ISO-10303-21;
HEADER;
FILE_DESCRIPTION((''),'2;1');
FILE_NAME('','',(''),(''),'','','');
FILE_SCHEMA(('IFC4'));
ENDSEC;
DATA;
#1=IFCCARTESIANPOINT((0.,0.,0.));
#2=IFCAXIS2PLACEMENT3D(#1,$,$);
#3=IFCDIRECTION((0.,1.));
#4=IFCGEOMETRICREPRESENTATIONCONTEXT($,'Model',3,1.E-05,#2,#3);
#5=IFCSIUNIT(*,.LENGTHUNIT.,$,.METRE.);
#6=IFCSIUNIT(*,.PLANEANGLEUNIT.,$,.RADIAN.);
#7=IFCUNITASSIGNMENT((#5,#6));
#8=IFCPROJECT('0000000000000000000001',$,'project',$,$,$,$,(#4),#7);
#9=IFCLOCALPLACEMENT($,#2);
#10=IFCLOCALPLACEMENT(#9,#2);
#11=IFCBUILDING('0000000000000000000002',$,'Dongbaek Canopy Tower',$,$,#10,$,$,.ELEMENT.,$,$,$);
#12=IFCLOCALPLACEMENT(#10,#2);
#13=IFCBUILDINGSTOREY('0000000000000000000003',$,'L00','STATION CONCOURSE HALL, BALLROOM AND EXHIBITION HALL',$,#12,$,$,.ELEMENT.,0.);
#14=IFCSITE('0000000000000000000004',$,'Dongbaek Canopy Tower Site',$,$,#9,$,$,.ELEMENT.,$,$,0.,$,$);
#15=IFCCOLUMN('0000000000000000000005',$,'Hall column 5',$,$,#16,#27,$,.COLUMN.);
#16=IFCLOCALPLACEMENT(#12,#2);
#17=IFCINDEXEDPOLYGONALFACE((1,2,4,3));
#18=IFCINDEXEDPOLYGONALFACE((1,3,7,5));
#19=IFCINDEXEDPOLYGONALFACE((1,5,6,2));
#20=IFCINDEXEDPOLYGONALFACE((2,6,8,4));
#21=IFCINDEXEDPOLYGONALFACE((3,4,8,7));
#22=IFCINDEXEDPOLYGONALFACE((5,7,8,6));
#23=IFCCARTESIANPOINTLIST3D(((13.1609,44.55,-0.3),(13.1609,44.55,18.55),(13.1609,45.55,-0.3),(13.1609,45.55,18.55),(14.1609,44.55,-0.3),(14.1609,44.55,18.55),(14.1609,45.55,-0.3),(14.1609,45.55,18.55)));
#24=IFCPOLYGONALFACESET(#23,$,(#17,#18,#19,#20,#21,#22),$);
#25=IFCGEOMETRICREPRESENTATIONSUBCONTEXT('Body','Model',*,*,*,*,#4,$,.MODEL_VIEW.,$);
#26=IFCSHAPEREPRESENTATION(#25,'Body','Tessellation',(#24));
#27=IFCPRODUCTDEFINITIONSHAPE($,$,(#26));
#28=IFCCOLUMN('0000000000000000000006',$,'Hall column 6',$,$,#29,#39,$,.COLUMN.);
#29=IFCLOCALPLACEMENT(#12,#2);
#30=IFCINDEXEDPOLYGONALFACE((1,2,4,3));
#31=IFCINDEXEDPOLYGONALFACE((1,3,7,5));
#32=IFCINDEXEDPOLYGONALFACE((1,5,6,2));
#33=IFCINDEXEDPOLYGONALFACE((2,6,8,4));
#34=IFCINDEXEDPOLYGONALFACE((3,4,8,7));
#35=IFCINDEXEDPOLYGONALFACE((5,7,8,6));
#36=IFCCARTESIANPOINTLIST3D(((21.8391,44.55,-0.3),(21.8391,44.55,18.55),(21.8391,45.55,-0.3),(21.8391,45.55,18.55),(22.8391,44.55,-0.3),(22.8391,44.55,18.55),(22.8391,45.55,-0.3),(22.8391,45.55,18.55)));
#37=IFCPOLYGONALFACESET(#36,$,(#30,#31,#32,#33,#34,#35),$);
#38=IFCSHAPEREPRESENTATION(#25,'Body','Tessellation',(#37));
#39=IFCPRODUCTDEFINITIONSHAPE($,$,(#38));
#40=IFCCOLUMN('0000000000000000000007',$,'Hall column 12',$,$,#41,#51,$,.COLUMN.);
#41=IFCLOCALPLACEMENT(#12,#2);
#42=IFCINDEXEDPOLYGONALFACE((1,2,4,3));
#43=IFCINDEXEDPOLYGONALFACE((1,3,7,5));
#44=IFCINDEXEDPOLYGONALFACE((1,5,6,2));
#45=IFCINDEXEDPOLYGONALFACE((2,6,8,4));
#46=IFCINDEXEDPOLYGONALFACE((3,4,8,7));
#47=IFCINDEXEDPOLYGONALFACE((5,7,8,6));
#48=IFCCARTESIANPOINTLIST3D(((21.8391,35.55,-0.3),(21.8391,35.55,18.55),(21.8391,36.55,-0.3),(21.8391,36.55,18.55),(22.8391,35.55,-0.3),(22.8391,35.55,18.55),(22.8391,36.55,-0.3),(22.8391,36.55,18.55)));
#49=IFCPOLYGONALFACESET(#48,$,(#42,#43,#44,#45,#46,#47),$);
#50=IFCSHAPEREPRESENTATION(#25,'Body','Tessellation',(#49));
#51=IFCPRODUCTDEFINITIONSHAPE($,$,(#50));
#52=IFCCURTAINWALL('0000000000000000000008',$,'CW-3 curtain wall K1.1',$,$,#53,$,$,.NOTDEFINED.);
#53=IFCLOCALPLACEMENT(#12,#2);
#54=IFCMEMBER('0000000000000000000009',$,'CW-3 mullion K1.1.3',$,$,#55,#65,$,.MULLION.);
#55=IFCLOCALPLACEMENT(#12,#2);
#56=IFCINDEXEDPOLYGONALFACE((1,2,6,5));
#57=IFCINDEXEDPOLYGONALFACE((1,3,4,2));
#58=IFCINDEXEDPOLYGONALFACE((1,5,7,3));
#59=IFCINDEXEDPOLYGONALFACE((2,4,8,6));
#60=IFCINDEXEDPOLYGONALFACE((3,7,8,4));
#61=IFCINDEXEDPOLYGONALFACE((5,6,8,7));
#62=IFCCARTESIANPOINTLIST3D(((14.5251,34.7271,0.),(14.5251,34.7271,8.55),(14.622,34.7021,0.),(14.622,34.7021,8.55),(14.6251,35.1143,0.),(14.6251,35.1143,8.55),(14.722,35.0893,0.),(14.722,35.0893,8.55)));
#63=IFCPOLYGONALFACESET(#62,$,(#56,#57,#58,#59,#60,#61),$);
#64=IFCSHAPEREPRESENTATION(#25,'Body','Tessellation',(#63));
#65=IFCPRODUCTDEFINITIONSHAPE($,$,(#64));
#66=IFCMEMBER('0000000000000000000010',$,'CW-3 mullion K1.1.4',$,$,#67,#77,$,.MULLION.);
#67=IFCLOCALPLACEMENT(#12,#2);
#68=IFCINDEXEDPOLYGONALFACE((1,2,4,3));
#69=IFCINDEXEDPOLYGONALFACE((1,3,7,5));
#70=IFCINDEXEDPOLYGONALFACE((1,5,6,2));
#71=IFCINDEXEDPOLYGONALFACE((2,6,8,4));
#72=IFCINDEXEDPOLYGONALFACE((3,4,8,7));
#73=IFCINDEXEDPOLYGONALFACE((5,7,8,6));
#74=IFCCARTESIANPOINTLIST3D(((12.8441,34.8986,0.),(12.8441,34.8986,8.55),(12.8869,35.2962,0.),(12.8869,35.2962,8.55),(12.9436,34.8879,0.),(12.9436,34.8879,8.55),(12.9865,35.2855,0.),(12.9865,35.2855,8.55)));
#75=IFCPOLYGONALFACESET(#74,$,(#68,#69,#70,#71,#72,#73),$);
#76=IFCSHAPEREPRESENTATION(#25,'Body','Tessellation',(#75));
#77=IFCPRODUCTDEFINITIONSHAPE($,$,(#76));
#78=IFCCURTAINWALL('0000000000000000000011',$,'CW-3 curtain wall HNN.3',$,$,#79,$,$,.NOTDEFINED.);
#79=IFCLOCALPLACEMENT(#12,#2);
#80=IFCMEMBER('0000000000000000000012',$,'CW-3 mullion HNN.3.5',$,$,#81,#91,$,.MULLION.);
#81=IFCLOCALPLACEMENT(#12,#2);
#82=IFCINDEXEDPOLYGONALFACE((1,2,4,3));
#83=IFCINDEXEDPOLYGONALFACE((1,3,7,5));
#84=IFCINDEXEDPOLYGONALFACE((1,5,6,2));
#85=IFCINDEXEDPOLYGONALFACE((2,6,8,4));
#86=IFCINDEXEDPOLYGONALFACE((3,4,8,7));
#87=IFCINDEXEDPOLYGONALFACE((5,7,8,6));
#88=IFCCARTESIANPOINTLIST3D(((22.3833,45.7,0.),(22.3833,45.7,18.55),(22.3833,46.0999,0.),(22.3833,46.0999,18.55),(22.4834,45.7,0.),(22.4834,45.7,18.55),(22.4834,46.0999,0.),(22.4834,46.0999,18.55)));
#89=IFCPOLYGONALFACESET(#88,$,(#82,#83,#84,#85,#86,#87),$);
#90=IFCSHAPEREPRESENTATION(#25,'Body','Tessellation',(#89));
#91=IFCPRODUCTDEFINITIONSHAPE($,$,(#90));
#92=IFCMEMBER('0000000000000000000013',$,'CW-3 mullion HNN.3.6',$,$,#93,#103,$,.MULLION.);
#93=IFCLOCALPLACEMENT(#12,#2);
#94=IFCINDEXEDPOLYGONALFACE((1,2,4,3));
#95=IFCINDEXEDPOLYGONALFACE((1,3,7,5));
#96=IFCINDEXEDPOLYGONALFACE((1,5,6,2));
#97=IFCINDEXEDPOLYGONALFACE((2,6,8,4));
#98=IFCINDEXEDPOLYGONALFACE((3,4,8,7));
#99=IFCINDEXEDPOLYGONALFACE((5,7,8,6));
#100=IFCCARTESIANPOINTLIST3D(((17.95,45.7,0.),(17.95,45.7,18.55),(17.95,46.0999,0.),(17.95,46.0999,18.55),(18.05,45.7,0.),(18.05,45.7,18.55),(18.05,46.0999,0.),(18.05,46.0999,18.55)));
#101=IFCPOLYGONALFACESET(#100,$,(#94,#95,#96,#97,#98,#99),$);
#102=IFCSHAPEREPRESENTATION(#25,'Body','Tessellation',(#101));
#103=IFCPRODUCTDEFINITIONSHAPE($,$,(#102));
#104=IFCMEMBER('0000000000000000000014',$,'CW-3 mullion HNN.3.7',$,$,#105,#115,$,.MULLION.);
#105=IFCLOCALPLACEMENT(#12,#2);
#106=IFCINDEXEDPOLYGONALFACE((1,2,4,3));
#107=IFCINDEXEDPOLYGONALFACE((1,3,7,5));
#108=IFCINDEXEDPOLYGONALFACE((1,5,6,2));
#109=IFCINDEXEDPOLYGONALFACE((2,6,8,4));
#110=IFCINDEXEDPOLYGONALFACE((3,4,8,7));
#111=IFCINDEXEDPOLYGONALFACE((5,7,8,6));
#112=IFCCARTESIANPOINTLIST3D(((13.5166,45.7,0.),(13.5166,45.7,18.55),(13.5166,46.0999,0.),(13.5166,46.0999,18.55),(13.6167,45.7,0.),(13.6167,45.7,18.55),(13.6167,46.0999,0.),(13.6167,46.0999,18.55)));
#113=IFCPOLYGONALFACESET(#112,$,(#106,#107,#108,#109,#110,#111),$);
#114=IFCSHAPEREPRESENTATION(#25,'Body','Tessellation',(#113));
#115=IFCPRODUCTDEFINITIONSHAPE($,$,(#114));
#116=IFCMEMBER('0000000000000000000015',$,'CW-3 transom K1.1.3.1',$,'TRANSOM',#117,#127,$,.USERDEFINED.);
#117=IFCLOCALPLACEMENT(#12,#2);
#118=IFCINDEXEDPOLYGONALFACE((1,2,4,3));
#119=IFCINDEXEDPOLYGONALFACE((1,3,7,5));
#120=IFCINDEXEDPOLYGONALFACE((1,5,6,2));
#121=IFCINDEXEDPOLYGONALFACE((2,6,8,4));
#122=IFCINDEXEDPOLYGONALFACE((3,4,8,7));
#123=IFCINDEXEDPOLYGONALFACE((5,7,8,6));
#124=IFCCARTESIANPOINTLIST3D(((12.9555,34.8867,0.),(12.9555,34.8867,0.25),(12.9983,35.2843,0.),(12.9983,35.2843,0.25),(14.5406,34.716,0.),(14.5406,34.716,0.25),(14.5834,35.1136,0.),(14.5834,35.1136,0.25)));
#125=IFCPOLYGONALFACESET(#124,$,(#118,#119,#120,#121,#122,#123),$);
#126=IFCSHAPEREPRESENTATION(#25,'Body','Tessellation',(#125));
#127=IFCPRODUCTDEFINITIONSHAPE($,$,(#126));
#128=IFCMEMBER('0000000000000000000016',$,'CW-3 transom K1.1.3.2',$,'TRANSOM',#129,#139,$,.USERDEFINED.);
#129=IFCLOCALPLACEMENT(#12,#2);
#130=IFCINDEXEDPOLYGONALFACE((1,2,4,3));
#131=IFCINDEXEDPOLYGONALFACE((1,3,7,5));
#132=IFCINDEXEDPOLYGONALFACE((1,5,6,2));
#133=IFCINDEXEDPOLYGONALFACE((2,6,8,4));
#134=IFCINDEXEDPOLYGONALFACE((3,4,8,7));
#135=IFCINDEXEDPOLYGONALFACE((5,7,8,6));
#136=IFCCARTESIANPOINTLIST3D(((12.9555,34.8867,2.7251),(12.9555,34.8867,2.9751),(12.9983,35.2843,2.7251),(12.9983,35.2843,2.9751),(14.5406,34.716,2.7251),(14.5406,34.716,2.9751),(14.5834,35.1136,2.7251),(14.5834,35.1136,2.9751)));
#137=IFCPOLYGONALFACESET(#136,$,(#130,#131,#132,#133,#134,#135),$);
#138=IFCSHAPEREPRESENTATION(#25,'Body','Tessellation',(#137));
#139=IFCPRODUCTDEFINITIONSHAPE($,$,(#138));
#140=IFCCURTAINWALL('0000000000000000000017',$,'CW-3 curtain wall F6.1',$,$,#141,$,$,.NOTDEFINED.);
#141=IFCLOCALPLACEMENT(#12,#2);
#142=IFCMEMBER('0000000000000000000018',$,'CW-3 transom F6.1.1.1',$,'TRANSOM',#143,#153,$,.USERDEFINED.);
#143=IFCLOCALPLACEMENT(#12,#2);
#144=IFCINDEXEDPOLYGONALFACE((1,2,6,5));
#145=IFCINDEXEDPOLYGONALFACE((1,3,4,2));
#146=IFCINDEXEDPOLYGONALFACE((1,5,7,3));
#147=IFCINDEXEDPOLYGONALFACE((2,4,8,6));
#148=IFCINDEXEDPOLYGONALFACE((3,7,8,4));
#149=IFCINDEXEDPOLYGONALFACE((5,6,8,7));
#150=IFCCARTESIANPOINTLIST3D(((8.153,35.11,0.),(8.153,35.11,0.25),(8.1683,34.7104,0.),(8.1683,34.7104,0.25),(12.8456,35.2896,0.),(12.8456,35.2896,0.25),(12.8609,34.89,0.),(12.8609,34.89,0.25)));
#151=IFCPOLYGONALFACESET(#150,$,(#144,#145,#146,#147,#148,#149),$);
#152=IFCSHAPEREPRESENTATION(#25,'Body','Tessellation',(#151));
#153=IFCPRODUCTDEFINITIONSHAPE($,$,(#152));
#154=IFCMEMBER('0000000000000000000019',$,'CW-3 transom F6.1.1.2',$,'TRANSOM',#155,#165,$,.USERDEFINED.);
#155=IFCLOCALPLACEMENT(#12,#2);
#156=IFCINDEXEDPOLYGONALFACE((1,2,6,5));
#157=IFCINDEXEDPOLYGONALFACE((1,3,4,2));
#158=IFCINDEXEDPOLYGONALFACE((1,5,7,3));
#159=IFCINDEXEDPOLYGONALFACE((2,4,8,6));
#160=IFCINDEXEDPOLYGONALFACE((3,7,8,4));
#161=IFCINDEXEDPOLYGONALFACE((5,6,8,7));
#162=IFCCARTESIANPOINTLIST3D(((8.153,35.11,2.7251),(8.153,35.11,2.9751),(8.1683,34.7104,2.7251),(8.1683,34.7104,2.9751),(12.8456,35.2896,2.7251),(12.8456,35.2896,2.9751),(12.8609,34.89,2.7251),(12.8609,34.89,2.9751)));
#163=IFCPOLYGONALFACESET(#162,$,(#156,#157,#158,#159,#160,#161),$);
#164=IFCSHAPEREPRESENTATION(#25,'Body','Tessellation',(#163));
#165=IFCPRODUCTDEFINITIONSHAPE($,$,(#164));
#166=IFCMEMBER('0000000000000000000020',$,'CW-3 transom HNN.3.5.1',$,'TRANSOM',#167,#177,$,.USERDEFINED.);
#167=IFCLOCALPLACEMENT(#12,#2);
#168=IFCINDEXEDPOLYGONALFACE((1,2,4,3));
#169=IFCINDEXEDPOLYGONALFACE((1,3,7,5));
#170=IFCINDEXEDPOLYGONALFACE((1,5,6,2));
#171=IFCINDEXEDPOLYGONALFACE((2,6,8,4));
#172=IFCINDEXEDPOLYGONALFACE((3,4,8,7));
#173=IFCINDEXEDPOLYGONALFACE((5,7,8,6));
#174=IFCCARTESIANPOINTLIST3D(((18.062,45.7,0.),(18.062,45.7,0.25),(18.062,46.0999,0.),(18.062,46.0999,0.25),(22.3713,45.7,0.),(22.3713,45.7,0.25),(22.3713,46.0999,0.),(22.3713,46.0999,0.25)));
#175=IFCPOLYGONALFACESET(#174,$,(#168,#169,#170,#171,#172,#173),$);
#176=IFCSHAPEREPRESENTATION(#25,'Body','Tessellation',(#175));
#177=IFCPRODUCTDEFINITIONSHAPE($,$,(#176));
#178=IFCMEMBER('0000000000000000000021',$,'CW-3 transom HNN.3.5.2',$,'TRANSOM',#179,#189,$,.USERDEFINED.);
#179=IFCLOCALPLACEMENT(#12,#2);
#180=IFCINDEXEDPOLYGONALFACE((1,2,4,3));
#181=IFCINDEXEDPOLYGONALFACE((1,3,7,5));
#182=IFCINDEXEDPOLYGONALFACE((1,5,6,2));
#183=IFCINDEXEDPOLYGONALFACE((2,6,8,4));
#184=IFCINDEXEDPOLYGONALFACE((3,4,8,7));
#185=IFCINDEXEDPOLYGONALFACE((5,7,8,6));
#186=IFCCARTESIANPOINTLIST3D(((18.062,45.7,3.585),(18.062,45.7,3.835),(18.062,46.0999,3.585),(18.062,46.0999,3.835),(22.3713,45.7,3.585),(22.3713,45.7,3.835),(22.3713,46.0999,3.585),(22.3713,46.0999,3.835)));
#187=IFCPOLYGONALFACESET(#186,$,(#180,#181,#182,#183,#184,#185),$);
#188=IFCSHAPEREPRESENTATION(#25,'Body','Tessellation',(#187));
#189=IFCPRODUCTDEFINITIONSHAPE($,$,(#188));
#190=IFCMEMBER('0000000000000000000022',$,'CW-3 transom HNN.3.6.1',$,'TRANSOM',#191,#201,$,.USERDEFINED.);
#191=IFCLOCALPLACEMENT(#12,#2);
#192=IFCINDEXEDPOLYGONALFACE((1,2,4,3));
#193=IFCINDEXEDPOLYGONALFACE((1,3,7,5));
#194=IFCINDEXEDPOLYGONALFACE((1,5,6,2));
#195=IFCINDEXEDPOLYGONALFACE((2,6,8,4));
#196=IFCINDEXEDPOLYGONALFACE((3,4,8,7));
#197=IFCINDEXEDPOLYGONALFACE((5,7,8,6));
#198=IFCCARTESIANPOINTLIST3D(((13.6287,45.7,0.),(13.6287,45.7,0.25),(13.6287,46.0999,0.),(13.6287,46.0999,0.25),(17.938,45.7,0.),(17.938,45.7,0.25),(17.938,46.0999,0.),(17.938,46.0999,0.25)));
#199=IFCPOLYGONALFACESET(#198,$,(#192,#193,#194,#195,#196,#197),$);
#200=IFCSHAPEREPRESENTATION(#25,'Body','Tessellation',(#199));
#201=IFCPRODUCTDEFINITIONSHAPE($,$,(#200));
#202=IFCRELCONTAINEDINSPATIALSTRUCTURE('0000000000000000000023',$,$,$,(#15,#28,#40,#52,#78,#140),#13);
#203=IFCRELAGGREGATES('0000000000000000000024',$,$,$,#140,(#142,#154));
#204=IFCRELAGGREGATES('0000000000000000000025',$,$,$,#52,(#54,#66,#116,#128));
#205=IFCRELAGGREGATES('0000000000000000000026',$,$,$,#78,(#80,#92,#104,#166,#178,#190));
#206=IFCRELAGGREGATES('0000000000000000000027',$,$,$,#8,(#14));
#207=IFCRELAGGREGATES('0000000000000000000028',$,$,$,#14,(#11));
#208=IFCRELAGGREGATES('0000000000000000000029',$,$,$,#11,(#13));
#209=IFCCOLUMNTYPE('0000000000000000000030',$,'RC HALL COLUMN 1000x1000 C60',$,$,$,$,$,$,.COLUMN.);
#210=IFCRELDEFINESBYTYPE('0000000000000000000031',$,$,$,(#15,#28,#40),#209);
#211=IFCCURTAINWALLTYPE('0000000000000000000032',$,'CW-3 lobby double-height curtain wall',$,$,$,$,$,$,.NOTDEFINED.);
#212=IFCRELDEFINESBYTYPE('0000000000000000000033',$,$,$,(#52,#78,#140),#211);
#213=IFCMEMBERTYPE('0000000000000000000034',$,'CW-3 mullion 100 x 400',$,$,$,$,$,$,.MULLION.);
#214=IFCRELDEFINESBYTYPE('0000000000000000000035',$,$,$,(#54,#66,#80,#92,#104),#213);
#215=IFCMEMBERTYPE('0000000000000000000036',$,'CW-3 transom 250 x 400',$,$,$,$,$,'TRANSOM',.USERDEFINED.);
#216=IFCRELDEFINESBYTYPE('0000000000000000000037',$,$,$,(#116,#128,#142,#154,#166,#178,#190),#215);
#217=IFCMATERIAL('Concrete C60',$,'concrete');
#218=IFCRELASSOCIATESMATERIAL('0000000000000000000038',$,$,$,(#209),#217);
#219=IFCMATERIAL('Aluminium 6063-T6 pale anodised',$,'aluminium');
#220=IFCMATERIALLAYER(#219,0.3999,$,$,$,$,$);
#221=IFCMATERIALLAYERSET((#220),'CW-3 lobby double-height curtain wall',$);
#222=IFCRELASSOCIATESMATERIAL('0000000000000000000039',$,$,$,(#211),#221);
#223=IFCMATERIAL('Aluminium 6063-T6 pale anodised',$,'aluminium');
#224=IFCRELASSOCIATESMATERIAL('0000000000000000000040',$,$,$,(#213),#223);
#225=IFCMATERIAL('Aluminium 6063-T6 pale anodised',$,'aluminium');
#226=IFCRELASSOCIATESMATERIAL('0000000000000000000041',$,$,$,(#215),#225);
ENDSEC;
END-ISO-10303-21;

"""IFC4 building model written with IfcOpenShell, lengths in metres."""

from ifc_helpers import new_model, si_unit, direction, frame, origin, origin_2d, place, context, subcontext, project, spatial, rectangle, extrude, material, layer, layer_set, material_profile, profile_set, type_object, element, aggregate, save


model = new_model("IFC4")

# Units and contexts
model_context = context("Model", 3, precision=1e-05, world=origin(), true_north=direction((0.0, 1.0)))
body_context = subcontext(model_context, "Body", "Model", "MODEL_VIEW")
ifc_project = project(units=[si_unit("LENGTHUNIT", "METRE"), si_unit("PLANEANGLEUNIT", "RADIAN")], contexts=[model_context])

# Site, building, storey
site_placement = place(None, origin())
site = spatial("IfcSite", under=ifc_project, at=site_placement, Name="Dongbaek Canopy Tower Site", CompositionType="ELEMENT", RefElevation=0.0)
building_placement = place(site_placement, origin())
building = spatial("IfcBuilding", under=site, at=building_placement, Name="Dongbaek Canopy Tower", CompositionType="ELEMENT")
storey_placement = place(building_placement, origin())
storey = spatial("IfcBuildingStorey", under=building, at=storey_placement, Name="L00", Description="STATION CONCOURSE HALL, BALLROOM AND EXHIBITION HALL", CompositionType="ELEMENT", Elevation=0.0)

# Columns
ifc_material_1 = material(Name="Concrete C60", Category="concrete")
ifc_material_profile_1 = material_profile(ifc_material_1, rectangle(XDim=1.0, YDim=1.0, at=origin_2d()), Name="RC HALL COLUMN 1000x1000 C60")
ifc_profile_set_1 = profile_set([ifc_material_profile_1], Name="Concrete C60")
column_type = type_object("IfcColumnType", Name="RC HALL COLUMN 1000x1000 C60", PredefinedType="COLUMN", material=ifc_profile_set_1)
for number, where, z_axis, x_axis, name in (
    (1, (13.6609, 45.05, -0.3), (0.0, 0.0, 1.0), (1.0, 0.0, 0.0), "Hall column 5"),
    (2, (22.3391, 45.05, -0.3), (0.0, 0.0, 1.0), (1.0, 0.0, 0.0), "Hall column 6"),
    (3, (22.3391, 36.05, -0.3), (0.0, 0.0, 1.0), (1.0, 0.0, 0.0), "Hall column 12"),
):
    element("IfcColumn", number, at=place(storey_placement, frame(where, z_axis=z_axis, x_axis=x_axis)), inside=storey, type_object=column_type, Name=name, PredefinedType="COLUMN", context=body_context, shape_type="SweptSolid", body=[
        extrude(rectangle(XDim=1.0, YDim=1.0, at=origin_2d()), origin(), (0.0, 0.0, 1.0), 18.8501),
    ])

# Curtain walls, members
ifc_material_2 = material(Name="Aluminium 6063-T6 pale anodised", Category="aluminium")
ifc_layer_1 = layer(ifc_material_2, 0.3999)
ifc_layer_set_1 = layer_set([ifc_layer_1], Name="CW-3 lobby double-height curtain wall")
curtain_wall_type = type_object("IfcCurtainWallType", Name="CW-3 lobby double-height curtain wall", PredefinedType="NOTDEFINED", material=ifc_layer_set_1)
curtain_wall_1_placement = place(storey_placement, origin())
curtain_wall_1 = element("IfcCurtainWall", 4, at=curtain_wall_1_placement, inside=storey, type_object=curtain_wall_type, Name="CW-3 curtain wall K1.1", PredefinedType="NOTDEFINED")
ifc_material_3 = material(Name="Aluminium 6063-T6 pale anodised", Category="aluminium")
ifc_material_profile_2 = material_profile(ifc_material_3, rectangle(XDim=0.3999, YDim=0.1001, at=origin_2d()), Name="CW-3 mullion 100 x 400")
ifc_profile_set_2 = profile_set([ifc_material_profile_2], Name="Aluminium 6063-T6 pale anodised")
member_type_1 = type_object("IfcMemberType", Name="CW-3 mullion 100 x 400", PredefinedType="MULLION", material=ifc_profile_set_2)
member_1_placement = place(storey_placement, frame((14.6235, 34.9082, 0.0), z_axis=(0.0, 0.0, 1.0), x_axis=(0.250118, 0.968215, 0.0)))
member_1 = element("IfcMember", 5, at=member_1_placement, type_object=member_type_1, Name="CW-3 mullion K1.1.3", PredefinedType="MULLION", context=body_context, shape_type="SweptSolid", body=[
    extrude(rectangle(XDim=0.3999, YDim=0.1001, at=origin_2d()), origin(), (0.0, 0.0, 1.0), 8.55),
])
member_2_placement = place(storey_placement, frame((12.9153, 35.092, 0.0), z_axis=(0.0, 0.0, 1.0), x_axis=(0.107075, 0.994251, 0.0)))
member_2 = element("IfcMember", 6, at=member_2_placement, type_object=member_type_1, Name="CW-3 mullion K1.1.4", PredefinedType="MULLION", context=body_context, shape_type="SweptSolid", body=[
    extrude(rectangle(XDim=0.3999, YDim=0.1001, at=origin_2d()), origin(), (0.0, 0.0, 1.0), 8.55),
])
curtain_wall_2_placement = place(storey_placement, origin())
curtain_wall_2 = element("IfcCurtainWall", 7, at=curtain_wall_2_placement, inside=storey, type_object=curtain_wall_type, Name="CW-3 curtain wall HNN.3", PredefinedType="NOTDEFINED")
member_3_placement = place(storey_placement, frame((22.4333, 45.8999, 0.0), z_axis=(0.0, 0.0, 1.0), x_axis=(0.0, 1.0, 0.0)))
member_3 = element("IfcMember", 8, at=member_3_placement, type_object=member_type_1, Name="CW-3 mullion HNN.3.5", PredefinedType="MULLION", context=body_context, shape_type="SweptSolid", body=[
    extrude(rectangle(XDim=0.3999, YDim=0.1001, at=origin_2d()), origin(), (0.0, 0.0, 1.0), 18.55),
])
member_4_placement = place(storey_placement, frame((18.0, 45.8999, 0.0), z_axis=(0.0, 0.0, 1.0), x_axis=(0.0, 1.0, 0.0)))
member_4 = element("IfcMember", 9, at=member_4_placement, type_object=member_type_1, Name="CW-3 mullion HNN.3.6", PredefinedType="MULLION", context=body_context, shape_type="SweptSolid", body=[
    extrude(rectangle(XDim=0.3999, YDim=0.1001, at=origin_2d()), origin(), (0.0, 0.0, 1.0), 18.55),
])
member_5_placement = place(storey_placement, frame((13.5667, 45.8999, 0.0), z_axis=(0.0, 0.0, 1.0), x_axis=(0.0, 1.0, 0.0)))
member_5 = element("IfcMember", 10, at=member_5_placement, type_object=member_type_1, Name="CW-3 mullion HNN.3.7", PredefinedType="MULLION", context=body_context, shape_type="SweptSolid", body=[
    extrude(rectangle(XDim=0.3999, YDim=0.1001, at=origin_2d()), origin(), (0.0, 0.0, 1.0), 18.55),
])

# Members
ifc_material_4 = material(Name="Aluminium 6063-T6 pale anodised", Category="aluminium")
ifc_material_profile_3 = material_profile(ifc_material_4, rectangle(XDim=0.3999, YDim=0.25, at=origin_2d()), Name="CW-3 transom 250 x 400")
ifc_profile_set_3 = profile_set([ifc_material_profile_3], Name="Aluminium 6063-T6 pale anodised")
member_type_2 = type_object("IfcMemberType", Name="CW-3 transom 250 x 400", ElementType="TRANSOM", PredefinedType="USERDEFINED", material=ifc_profile_set_3)
member_6_placement = place(storey_placement, frame((14.562, 34.9148, 0.125), z_axis=(-0.994253, 0.107052, 0.0), x_axis=(-0.107052, -0.994253, 0.0)))
member_6 = element("IfcMember", 11, at=member_6_placement, type_object=member_type_2, Name="CW-3 transom K1.1.3.1", ObjectType="TRANSOM", PredefinedType="USERDEFINED", context=body_context, shape_type="SweptSolid", body=[
    extrude(rectangle(XDim=0.3999, YDim=0.25, at=origin_2d()), origin(), (0.0, 0.0, 1.0), 1.5942),
])
member_7_placement = place(storey_placement, frame((14.562, 34.9148, 2.8501), z_axis=(-0.994253, 0.107052, 0.0), x_axis=(-0.107052, -0.994253, 0.0)))
member_7 = element("IfcMember", 12, at=member_7_placement, type_object=member_type_2, Name="CW-3 transom K1.1.3.2", ObjectType="TRANSOM", PredefinedType="USERDEFINED", context=body_context, shape_type="SweptSolid", body=[
    extrude(rectangle(XDim=0.3999, YDim=0.25, at=origin_2d()), origin(), (0.0, 0.0, 1.0), 1.5942),
])

# Curtain wall, members
curtain_wall_3_placement = place(storey_placement, origin())
curtain_wall_3 = element("IfcCurtainWall", 13, at=curtain_wall_3_placement, inside=storey, type_object=curtain_wall_type, Name="CW-3 curtain wall F6.1", PredefinedType="NOTDEFINED")
member_8_placement = place(storey_placement, frame((12.8533, 35.0898, 0.125), z_axis=(-0.999268, -0.038263, 0.0), x_axis=(0.038263, -0.999268, 0.0)))
member_8 = element("IfcMember", 14, at=member_8_placement, type_object=member_type_2, Name="CW-3 transom F6.1.1.1", ObjectType="TRANSOM", PredefinedType="USERDEFINED", context=body_context, shape_type="SweptSolid", body=[
    extrude(rectangle(XDim=0.3999, YDim=0.25, at=origin_2d()), origin(), (0.0, 0.0, 1.0), 4.696),
])
member_9_placement = place(storey_placement, frame((12.8533, 35.0898, 2.8501), z_axis=(-0.999268, -0.038263, 0.0), x_axis=(0.038263, -0.999268, 0.0)))
member_9 = element("IfcMember", 15, at=member_9_placement, type_object=member_type_2, Name="CW-3 transom F6.1.1.2", ObjectType="TRANSOM", PredefinedType="USERDEFINED", context=body_context, shape_type="SweptSolid", body=[
    extrude(rectangle(XDim=0.3999, YDim=0.25, at=origin_2d()), origin(), (0.0, 0.0, 1.0), 4.696),
])
aggregate(curtain_wall_3, [member_8, member_9])

# Members
member_10_placement = place(storey_placement, frame((22.3713, 45.8999, 0.125), z_axis=(-1.0, 0.0, 0.0), x_axis=(0.0, -1.0, 0.0)))
member_10 = element("IfcMember", 16, at=member_10_placement, type_object=member_type_2, Name="CW-3 transom HNN.3.5.1", ObjectType="TRANSOM", PredefinedType="USERDEFINED", context=body_context, shape_type="SweptSolid", body=[
    extrude(rectangle(XDim=0.3999, YDim=0.25, at=origin_2d()), origin(), (0.0, 0.0, 1.0), 4.3093),
])
member_11_placement = place(storey_placement, frame((22.3713, 45.8999, 3.71), z_axis=(-1.0, 0.0, 0.0), x_axis=(0.0, -1.0, 0.0)))
member_11 = element("IfcMember", 17, at=member_11_placement, type_object=member_type_2, Name="CW-3 transom HNN.3.5.2", ObjectType="TRANSOM", PredefinedType="USERDEFINED", context=body_context, shape_type="SweptSolid", body=[
    extrude(rectangle(XDim=0.3999, YDim=0.25, at=origin_2d()), origin(), (0.0, 0.0, 1.0), 4.3093),
])
member_12_placement = place(storey_placement, frame((17.938, 45.8999, 0.125), z_axis=(-1.0, 0.0, 0.0), x_axis=(0.0, -1.0, 0.0)))
member_12 = element("IfcMember", 18, at=member_12_placement, type_object=member_type_2, Name="CW-3 transom HNN.3.6.1", ObjectType="TRANSOM", PredefinedType="USERDEFINED", context=body_context, shape_type="SweptSolid", body=[
    extrude(rectangle(XDim=0.3999, YDim=0.25, at=origin_2d()), origin(), (0.0, 0.0, 1.0), 4.3093),
])

aggregate(curtain_wall_1, [member_1, member_2, member_6, member_7])
aggregate(curtain_wall_2, [member_3, member_4, member_5, member_10, member_11, member_12])

save(model, "model.ifc")
